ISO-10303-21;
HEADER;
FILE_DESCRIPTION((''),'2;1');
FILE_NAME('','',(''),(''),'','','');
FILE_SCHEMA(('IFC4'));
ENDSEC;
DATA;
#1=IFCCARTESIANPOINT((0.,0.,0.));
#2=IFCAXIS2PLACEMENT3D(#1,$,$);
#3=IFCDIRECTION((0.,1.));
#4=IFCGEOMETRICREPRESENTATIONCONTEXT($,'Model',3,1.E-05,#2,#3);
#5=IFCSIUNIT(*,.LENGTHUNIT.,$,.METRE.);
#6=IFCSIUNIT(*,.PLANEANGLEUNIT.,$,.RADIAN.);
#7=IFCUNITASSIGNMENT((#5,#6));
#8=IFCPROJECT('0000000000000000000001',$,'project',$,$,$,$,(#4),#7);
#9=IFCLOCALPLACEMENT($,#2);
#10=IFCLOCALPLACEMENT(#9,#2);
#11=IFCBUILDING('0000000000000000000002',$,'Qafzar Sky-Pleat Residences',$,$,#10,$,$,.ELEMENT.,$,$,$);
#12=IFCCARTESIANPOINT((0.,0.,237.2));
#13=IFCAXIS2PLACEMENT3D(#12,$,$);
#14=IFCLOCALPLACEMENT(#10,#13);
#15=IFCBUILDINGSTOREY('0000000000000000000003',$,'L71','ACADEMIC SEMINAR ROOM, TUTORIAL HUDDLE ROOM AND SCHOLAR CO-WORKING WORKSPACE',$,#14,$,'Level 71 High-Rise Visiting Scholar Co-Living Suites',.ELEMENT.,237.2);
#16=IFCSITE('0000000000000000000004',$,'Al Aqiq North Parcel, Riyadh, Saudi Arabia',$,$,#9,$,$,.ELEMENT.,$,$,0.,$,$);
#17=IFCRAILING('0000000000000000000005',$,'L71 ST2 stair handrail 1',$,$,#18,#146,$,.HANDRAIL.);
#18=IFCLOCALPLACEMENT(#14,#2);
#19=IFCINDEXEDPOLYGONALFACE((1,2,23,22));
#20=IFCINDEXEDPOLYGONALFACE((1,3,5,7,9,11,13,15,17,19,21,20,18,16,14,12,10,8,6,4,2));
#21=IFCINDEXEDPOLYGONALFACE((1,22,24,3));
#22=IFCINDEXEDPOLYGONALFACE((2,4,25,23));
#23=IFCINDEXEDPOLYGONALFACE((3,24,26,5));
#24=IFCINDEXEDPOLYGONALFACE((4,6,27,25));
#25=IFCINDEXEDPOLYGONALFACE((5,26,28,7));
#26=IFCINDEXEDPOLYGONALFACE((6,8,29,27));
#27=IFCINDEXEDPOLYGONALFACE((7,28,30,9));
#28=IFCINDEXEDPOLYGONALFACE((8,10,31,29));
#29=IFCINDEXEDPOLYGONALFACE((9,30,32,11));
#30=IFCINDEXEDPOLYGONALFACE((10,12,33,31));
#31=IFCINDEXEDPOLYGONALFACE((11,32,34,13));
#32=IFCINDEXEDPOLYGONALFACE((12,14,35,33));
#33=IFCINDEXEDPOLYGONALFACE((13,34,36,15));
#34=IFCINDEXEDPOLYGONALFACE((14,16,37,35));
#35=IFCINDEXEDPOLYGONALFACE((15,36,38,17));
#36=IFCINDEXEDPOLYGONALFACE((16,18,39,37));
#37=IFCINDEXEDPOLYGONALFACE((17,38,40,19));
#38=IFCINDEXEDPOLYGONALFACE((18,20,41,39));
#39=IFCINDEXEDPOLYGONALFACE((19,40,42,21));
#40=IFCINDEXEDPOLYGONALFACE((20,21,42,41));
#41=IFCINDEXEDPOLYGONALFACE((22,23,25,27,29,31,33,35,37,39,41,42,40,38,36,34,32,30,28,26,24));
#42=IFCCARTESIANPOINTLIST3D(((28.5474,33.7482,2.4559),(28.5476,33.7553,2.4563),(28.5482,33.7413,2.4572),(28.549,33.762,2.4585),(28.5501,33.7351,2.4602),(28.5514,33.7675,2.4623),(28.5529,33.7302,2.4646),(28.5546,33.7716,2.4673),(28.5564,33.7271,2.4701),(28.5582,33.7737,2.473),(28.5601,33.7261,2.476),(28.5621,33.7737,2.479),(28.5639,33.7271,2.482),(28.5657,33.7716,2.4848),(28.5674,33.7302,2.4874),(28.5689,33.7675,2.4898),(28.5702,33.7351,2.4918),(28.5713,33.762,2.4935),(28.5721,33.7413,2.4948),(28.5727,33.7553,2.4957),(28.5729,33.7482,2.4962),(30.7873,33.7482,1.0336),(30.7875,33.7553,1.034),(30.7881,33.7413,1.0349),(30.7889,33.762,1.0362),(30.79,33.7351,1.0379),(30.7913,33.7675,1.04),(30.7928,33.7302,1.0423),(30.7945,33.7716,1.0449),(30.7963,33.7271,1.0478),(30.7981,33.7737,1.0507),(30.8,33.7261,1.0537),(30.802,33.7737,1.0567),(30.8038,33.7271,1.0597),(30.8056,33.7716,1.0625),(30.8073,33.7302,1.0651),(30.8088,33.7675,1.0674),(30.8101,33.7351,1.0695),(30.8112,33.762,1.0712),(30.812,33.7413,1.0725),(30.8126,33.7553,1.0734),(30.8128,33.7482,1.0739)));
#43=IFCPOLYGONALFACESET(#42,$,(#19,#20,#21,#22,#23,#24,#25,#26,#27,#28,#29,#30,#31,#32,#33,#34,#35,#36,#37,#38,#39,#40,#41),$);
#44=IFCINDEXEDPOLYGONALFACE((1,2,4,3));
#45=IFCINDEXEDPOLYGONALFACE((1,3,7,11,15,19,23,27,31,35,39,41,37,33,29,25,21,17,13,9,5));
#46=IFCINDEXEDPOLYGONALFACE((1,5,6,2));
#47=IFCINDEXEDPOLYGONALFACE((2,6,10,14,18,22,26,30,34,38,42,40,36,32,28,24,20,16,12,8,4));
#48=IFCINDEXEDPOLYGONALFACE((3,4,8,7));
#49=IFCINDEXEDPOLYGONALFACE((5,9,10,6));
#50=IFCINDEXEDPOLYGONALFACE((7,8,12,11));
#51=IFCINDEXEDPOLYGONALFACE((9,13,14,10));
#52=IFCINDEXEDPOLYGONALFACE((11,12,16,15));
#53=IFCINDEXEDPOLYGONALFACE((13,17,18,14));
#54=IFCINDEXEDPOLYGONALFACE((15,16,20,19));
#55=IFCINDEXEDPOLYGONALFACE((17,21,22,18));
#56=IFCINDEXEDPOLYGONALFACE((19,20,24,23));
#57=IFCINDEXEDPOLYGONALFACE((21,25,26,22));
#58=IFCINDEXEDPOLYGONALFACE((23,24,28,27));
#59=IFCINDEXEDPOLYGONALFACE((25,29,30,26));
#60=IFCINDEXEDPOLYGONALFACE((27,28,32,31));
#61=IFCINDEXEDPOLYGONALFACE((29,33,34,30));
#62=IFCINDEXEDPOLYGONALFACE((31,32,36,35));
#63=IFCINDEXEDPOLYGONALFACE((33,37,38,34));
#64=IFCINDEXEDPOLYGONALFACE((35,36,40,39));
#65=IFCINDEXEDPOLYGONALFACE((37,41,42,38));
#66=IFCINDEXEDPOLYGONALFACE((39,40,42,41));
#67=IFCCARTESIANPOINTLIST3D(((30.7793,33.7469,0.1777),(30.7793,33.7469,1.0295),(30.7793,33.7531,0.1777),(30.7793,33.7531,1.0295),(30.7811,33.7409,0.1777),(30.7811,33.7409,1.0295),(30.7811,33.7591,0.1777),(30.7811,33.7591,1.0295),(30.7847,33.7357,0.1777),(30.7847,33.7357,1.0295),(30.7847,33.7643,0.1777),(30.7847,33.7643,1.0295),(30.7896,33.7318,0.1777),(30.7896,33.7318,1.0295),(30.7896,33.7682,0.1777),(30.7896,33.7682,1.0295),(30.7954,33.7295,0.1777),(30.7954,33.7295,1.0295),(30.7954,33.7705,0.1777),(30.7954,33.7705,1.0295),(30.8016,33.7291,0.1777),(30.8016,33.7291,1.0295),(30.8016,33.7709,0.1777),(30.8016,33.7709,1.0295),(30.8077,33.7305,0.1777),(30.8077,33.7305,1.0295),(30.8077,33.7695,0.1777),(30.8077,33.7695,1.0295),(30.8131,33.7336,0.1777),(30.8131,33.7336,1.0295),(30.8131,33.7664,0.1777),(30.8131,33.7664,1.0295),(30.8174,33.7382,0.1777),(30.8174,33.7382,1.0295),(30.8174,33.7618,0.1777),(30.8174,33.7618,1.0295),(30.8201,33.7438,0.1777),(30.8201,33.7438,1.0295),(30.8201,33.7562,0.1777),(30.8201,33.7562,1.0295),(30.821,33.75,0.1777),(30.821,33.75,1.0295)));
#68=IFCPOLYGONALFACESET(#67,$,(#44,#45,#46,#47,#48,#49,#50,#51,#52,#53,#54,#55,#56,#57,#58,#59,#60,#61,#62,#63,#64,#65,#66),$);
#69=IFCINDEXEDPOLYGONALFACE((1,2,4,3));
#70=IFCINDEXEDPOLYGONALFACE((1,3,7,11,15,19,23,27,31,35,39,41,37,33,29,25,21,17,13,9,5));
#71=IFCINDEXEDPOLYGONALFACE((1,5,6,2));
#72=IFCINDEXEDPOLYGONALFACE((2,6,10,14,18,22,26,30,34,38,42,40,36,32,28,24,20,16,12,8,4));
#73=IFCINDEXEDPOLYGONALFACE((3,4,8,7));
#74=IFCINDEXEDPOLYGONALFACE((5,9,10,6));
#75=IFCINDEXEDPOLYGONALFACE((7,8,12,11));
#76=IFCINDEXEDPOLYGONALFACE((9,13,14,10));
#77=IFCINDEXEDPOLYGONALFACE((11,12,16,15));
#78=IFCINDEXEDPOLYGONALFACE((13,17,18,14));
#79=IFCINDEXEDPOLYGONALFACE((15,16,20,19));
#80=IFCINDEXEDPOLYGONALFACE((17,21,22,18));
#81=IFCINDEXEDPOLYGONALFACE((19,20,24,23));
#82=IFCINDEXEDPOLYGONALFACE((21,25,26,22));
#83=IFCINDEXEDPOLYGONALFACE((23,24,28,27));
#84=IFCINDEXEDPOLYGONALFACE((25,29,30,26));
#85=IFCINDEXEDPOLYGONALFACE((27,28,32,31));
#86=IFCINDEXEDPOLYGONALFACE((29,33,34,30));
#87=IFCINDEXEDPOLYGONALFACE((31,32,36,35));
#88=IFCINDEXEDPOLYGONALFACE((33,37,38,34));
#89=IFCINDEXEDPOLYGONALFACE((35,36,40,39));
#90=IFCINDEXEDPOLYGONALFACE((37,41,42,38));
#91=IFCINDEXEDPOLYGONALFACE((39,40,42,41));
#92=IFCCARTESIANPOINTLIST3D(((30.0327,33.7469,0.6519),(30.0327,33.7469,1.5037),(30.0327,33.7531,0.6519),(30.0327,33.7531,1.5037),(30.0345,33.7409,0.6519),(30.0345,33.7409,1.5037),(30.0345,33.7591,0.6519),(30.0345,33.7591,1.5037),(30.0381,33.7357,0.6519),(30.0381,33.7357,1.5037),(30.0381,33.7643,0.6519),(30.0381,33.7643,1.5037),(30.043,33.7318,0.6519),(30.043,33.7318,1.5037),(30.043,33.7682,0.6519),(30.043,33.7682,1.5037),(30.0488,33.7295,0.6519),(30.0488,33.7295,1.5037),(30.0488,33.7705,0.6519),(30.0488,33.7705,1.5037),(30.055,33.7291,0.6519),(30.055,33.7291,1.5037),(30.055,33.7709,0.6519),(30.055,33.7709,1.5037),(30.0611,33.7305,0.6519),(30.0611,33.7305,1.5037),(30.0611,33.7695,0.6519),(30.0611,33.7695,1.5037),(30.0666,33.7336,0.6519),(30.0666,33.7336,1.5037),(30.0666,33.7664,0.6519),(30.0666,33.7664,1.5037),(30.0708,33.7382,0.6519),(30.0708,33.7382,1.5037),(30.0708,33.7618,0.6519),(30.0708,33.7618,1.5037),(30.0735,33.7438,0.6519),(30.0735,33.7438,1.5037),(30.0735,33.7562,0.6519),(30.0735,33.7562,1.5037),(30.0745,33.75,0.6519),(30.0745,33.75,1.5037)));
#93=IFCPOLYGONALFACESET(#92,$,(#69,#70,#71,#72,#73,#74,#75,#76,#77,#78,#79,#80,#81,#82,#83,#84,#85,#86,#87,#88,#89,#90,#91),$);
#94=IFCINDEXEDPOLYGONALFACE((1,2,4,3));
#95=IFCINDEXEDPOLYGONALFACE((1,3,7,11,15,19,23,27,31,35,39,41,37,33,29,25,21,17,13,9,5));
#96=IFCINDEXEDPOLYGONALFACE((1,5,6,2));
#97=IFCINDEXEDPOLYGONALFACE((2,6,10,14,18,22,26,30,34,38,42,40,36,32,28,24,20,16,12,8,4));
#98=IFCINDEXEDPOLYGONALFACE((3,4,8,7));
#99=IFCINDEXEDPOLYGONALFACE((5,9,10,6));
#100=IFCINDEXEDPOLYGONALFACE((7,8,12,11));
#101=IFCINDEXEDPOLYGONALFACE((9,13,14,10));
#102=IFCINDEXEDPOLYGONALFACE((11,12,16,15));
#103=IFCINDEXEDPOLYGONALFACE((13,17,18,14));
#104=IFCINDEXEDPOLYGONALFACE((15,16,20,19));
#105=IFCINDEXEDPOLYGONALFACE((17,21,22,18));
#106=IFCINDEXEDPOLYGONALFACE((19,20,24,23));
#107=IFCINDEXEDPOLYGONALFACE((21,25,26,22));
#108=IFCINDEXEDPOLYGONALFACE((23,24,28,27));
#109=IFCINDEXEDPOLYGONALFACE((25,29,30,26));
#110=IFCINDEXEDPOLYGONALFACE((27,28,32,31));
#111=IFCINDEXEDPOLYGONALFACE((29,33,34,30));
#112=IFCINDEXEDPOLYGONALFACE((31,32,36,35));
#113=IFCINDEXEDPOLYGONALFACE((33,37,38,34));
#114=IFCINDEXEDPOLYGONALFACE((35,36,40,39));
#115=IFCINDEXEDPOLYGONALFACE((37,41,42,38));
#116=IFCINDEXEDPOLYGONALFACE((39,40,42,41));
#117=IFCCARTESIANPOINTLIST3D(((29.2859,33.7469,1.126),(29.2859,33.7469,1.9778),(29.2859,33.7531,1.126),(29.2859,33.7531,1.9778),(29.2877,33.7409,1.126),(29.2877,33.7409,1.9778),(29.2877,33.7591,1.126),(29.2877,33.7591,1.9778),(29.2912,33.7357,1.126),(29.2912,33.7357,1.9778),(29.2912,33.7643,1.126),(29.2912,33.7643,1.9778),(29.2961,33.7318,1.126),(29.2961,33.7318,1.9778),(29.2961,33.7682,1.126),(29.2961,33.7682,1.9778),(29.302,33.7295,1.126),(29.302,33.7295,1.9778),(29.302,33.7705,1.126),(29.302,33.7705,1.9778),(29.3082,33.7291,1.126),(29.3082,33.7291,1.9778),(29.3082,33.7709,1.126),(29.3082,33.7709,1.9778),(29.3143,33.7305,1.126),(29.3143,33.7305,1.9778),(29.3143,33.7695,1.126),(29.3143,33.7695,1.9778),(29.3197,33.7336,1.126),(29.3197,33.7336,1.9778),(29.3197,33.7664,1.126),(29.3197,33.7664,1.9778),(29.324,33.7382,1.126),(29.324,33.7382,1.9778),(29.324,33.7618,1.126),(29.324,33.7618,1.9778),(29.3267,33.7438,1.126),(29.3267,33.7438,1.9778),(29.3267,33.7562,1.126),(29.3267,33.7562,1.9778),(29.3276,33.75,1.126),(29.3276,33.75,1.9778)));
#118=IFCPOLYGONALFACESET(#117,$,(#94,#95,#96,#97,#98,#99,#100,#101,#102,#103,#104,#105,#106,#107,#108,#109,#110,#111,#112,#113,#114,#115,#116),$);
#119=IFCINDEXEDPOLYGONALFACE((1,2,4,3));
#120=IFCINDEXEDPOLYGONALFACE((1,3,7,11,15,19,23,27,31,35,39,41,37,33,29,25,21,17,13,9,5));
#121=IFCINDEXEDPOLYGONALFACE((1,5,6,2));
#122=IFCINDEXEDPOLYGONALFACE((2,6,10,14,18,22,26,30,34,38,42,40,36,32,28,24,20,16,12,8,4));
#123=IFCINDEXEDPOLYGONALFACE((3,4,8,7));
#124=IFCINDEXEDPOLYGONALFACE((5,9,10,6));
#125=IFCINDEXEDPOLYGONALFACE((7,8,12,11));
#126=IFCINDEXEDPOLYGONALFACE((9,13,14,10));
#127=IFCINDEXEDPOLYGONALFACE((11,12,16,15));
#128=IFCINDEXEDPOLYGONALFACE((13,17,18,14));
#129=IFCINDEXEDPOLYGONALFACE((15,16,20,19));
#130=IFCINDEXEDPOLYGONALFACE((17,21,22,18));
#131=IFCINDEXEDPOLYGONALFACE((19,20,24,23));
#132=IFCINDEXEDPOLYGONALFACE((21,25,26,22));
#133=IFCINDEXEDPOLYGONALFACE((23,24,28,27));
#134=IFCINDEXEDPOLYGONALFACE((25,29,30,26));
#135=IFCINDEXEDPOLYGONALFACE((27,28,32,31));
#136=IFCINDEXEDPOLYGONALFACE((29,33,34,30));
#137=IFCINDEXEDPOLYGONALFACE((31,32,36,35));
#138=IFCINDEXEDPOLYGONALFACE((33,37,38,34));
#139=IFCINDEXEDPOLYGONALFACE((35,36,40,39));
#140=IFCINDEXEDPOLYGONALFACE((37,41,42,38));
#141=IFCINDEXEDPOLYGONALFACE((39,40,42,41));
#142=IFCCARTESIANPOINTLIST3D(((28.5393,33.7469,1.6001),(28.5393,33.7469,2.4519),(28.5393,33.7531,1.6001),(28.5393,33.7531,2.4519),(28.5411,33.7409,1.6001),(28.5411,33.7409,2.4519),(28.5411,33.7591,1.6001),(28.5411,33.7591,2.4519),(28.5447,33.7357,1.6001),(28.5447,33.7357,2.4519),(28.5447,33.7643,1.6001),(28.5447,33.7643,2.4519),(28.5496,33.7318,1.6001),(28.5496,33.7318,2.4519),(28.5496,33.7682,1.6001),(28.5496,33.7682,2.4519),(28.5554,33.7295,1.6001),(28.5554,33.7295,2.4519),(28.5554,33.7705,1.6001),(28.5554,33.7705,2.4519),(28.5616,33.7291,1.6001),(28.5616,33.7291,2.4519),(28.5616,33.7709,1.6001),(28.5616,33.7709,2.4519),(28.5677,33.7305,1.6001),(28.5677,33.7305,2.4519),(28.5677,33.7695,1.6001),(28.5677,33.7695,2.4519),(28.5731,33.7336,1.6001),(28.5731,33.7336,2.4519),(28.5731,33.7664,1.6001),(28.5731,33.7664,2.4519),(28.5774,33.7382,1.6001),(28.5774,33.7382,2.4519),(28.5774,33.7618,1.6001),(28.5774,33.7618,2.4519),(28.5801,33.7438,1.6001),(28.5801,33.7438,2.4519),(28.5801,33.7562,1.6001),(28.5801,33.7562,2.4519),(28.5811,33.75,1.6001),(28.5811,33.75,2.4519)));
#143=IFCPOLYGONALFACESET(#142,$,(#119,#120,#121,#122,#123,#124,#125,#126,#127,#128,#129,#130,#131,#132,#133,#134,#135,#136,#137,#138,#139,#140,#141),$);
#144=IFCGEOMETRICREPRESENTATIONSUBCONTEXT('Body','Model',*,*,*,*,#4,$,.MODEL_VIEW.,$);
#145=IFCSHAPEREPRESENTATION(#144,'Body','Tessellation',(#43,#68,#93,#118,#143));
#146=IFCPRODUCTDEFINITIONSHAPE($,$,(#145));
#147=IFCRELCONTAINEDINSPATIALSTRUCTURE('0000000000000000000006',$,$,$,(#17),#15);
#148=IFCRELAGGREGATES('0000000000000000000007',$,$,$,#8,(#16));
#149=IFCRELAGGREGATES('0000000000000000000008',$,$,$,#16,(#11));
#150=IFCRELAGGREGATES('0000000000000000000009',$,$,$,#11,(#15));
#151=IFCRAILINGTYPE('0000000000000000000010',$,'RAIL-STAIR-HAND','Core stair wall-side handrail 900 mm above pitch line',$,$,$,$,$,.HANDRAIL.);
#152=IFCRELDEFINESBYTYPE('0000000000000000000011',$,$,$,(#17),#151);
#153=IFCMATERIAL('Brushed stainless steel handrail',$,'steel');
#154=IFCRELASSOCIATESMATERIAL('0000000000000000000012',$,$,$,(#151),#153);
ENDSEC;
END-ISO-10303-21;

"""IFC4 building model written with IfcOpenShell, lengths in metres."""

from ifc_helpers import new_model, si_unit, direction, frame, origin, origin_2d, place, context, subcontext, project, spatial, circle, extrude, source, transform, mapped, material, type_object, element, save


model = new_model("IFC4")

# Units and contexts
model_context = context("Model", 3, precision=1e-05, world=origin(), true_north=direction((0.0, 1.0)))
body_context = subcontext(model_context, "Body", "Model", "MODEL_VIEW")
ifc_project = project(units=[si_unit("LENGTHUNIT", "METRE"), si_unit("PLANEANGLEUNIT", "RADIAN")], contexts=[model_context])

# Site, building, storey
site_placement = place(None, origin())
site = spatial("IfcSite", under=ifc_project, at=site_placement, Name="Al Aqiq North Parcel, Riyadh, Saudi Arabia", CompositionType="ELEMENT", RefElevation=0.0)
building_placement = place(site_placement, origin())
building = spatial("IfcBuilding", under=site, at=building_placement, Name="Qafzar Sky-Pleat Residences", CompositionType="ELEMENT")
storey_placement = place(building_placement, frame((0.0, 0.0, 237.2)))
storey = spatial("IfcBuildingStorey", under=building, at=storey_placement, Name="L71", Description="ACADEMIC SEMINAR ROOM, TUTORIAL HUDDLE ROOM AND SCHOLAR CO-WORKING WORKSPACE", LongName="Level 71 High-Rise Visiting Scholar Co-Living Suites", CompositionType="ELEMENT", Elevation=237.2)

# Railing
ifc_material_1 = material(Name="Brushed stainless steel handrail", Category="steel")
railing_type_1 = type_object("IfcRailingType", Name="RAIL-STAIR-HAND", Description="Core stair wall-side handrail 900 mm above pitch line", PredefinedType="HANDRAIL", material=ifc_material_1)
shared_shape_1 = source(origin(), body_context, "Body", "SweptSolid", [
    extrude(circle(Radius=0.0239, at=origin_2d()), frame((0.0, 0.0, 0.876), z_axis=(-0.844188, 0.0, 0.536048), x_axis=(0.0, -1.0, 0.0)), (0.0, 0.0, 1.0), 2.6533),
    extrude(circle(Radius=0.021, at=origin_2d()), origin(), (0.0, 0.0, 1.0), 0.8518),
    extrude(circle(Radius=0.021, at=origin_2d()), frame((-0.7466, 0.0, 0.4741)), (0.0, 0.0, 1.0), 0.8518),
    extrude(circle(Radius=0.021, at=origin_2d()), frame((-1.4934, 0.0, 0.9482)), (0.0, 0.0, 1.0), 0.8518),
    extrude(circle(Radius=0.021, at=origin_2d()), frame((-2.24, 0.0, 1.4224)), (0.0, 0.0, 1.0), 0.8518),
])
railing_1_placement = place(storey_placement, frame((30.8, 33.75, 0.1777)))
element("IfcRailing", 1, at=railing_1_placement, inside=storey, type_object=railing_type_1, Name="L71 ST2 stair handrail 1", PredefinedType="HANDRAIL", context=body_context, shape_type="MappedRepresentation", body=[
    mapped(shared_shape_1, transform((0.0, 0.0, 0.0), x_axis=(1.0, 0.0, 0.0), y_axis=(0.0, 1.0, 0.0), z_axis=(0.0, 0.0, 1.0), scale=1.0)),
])

save(model, "model.ifc")
